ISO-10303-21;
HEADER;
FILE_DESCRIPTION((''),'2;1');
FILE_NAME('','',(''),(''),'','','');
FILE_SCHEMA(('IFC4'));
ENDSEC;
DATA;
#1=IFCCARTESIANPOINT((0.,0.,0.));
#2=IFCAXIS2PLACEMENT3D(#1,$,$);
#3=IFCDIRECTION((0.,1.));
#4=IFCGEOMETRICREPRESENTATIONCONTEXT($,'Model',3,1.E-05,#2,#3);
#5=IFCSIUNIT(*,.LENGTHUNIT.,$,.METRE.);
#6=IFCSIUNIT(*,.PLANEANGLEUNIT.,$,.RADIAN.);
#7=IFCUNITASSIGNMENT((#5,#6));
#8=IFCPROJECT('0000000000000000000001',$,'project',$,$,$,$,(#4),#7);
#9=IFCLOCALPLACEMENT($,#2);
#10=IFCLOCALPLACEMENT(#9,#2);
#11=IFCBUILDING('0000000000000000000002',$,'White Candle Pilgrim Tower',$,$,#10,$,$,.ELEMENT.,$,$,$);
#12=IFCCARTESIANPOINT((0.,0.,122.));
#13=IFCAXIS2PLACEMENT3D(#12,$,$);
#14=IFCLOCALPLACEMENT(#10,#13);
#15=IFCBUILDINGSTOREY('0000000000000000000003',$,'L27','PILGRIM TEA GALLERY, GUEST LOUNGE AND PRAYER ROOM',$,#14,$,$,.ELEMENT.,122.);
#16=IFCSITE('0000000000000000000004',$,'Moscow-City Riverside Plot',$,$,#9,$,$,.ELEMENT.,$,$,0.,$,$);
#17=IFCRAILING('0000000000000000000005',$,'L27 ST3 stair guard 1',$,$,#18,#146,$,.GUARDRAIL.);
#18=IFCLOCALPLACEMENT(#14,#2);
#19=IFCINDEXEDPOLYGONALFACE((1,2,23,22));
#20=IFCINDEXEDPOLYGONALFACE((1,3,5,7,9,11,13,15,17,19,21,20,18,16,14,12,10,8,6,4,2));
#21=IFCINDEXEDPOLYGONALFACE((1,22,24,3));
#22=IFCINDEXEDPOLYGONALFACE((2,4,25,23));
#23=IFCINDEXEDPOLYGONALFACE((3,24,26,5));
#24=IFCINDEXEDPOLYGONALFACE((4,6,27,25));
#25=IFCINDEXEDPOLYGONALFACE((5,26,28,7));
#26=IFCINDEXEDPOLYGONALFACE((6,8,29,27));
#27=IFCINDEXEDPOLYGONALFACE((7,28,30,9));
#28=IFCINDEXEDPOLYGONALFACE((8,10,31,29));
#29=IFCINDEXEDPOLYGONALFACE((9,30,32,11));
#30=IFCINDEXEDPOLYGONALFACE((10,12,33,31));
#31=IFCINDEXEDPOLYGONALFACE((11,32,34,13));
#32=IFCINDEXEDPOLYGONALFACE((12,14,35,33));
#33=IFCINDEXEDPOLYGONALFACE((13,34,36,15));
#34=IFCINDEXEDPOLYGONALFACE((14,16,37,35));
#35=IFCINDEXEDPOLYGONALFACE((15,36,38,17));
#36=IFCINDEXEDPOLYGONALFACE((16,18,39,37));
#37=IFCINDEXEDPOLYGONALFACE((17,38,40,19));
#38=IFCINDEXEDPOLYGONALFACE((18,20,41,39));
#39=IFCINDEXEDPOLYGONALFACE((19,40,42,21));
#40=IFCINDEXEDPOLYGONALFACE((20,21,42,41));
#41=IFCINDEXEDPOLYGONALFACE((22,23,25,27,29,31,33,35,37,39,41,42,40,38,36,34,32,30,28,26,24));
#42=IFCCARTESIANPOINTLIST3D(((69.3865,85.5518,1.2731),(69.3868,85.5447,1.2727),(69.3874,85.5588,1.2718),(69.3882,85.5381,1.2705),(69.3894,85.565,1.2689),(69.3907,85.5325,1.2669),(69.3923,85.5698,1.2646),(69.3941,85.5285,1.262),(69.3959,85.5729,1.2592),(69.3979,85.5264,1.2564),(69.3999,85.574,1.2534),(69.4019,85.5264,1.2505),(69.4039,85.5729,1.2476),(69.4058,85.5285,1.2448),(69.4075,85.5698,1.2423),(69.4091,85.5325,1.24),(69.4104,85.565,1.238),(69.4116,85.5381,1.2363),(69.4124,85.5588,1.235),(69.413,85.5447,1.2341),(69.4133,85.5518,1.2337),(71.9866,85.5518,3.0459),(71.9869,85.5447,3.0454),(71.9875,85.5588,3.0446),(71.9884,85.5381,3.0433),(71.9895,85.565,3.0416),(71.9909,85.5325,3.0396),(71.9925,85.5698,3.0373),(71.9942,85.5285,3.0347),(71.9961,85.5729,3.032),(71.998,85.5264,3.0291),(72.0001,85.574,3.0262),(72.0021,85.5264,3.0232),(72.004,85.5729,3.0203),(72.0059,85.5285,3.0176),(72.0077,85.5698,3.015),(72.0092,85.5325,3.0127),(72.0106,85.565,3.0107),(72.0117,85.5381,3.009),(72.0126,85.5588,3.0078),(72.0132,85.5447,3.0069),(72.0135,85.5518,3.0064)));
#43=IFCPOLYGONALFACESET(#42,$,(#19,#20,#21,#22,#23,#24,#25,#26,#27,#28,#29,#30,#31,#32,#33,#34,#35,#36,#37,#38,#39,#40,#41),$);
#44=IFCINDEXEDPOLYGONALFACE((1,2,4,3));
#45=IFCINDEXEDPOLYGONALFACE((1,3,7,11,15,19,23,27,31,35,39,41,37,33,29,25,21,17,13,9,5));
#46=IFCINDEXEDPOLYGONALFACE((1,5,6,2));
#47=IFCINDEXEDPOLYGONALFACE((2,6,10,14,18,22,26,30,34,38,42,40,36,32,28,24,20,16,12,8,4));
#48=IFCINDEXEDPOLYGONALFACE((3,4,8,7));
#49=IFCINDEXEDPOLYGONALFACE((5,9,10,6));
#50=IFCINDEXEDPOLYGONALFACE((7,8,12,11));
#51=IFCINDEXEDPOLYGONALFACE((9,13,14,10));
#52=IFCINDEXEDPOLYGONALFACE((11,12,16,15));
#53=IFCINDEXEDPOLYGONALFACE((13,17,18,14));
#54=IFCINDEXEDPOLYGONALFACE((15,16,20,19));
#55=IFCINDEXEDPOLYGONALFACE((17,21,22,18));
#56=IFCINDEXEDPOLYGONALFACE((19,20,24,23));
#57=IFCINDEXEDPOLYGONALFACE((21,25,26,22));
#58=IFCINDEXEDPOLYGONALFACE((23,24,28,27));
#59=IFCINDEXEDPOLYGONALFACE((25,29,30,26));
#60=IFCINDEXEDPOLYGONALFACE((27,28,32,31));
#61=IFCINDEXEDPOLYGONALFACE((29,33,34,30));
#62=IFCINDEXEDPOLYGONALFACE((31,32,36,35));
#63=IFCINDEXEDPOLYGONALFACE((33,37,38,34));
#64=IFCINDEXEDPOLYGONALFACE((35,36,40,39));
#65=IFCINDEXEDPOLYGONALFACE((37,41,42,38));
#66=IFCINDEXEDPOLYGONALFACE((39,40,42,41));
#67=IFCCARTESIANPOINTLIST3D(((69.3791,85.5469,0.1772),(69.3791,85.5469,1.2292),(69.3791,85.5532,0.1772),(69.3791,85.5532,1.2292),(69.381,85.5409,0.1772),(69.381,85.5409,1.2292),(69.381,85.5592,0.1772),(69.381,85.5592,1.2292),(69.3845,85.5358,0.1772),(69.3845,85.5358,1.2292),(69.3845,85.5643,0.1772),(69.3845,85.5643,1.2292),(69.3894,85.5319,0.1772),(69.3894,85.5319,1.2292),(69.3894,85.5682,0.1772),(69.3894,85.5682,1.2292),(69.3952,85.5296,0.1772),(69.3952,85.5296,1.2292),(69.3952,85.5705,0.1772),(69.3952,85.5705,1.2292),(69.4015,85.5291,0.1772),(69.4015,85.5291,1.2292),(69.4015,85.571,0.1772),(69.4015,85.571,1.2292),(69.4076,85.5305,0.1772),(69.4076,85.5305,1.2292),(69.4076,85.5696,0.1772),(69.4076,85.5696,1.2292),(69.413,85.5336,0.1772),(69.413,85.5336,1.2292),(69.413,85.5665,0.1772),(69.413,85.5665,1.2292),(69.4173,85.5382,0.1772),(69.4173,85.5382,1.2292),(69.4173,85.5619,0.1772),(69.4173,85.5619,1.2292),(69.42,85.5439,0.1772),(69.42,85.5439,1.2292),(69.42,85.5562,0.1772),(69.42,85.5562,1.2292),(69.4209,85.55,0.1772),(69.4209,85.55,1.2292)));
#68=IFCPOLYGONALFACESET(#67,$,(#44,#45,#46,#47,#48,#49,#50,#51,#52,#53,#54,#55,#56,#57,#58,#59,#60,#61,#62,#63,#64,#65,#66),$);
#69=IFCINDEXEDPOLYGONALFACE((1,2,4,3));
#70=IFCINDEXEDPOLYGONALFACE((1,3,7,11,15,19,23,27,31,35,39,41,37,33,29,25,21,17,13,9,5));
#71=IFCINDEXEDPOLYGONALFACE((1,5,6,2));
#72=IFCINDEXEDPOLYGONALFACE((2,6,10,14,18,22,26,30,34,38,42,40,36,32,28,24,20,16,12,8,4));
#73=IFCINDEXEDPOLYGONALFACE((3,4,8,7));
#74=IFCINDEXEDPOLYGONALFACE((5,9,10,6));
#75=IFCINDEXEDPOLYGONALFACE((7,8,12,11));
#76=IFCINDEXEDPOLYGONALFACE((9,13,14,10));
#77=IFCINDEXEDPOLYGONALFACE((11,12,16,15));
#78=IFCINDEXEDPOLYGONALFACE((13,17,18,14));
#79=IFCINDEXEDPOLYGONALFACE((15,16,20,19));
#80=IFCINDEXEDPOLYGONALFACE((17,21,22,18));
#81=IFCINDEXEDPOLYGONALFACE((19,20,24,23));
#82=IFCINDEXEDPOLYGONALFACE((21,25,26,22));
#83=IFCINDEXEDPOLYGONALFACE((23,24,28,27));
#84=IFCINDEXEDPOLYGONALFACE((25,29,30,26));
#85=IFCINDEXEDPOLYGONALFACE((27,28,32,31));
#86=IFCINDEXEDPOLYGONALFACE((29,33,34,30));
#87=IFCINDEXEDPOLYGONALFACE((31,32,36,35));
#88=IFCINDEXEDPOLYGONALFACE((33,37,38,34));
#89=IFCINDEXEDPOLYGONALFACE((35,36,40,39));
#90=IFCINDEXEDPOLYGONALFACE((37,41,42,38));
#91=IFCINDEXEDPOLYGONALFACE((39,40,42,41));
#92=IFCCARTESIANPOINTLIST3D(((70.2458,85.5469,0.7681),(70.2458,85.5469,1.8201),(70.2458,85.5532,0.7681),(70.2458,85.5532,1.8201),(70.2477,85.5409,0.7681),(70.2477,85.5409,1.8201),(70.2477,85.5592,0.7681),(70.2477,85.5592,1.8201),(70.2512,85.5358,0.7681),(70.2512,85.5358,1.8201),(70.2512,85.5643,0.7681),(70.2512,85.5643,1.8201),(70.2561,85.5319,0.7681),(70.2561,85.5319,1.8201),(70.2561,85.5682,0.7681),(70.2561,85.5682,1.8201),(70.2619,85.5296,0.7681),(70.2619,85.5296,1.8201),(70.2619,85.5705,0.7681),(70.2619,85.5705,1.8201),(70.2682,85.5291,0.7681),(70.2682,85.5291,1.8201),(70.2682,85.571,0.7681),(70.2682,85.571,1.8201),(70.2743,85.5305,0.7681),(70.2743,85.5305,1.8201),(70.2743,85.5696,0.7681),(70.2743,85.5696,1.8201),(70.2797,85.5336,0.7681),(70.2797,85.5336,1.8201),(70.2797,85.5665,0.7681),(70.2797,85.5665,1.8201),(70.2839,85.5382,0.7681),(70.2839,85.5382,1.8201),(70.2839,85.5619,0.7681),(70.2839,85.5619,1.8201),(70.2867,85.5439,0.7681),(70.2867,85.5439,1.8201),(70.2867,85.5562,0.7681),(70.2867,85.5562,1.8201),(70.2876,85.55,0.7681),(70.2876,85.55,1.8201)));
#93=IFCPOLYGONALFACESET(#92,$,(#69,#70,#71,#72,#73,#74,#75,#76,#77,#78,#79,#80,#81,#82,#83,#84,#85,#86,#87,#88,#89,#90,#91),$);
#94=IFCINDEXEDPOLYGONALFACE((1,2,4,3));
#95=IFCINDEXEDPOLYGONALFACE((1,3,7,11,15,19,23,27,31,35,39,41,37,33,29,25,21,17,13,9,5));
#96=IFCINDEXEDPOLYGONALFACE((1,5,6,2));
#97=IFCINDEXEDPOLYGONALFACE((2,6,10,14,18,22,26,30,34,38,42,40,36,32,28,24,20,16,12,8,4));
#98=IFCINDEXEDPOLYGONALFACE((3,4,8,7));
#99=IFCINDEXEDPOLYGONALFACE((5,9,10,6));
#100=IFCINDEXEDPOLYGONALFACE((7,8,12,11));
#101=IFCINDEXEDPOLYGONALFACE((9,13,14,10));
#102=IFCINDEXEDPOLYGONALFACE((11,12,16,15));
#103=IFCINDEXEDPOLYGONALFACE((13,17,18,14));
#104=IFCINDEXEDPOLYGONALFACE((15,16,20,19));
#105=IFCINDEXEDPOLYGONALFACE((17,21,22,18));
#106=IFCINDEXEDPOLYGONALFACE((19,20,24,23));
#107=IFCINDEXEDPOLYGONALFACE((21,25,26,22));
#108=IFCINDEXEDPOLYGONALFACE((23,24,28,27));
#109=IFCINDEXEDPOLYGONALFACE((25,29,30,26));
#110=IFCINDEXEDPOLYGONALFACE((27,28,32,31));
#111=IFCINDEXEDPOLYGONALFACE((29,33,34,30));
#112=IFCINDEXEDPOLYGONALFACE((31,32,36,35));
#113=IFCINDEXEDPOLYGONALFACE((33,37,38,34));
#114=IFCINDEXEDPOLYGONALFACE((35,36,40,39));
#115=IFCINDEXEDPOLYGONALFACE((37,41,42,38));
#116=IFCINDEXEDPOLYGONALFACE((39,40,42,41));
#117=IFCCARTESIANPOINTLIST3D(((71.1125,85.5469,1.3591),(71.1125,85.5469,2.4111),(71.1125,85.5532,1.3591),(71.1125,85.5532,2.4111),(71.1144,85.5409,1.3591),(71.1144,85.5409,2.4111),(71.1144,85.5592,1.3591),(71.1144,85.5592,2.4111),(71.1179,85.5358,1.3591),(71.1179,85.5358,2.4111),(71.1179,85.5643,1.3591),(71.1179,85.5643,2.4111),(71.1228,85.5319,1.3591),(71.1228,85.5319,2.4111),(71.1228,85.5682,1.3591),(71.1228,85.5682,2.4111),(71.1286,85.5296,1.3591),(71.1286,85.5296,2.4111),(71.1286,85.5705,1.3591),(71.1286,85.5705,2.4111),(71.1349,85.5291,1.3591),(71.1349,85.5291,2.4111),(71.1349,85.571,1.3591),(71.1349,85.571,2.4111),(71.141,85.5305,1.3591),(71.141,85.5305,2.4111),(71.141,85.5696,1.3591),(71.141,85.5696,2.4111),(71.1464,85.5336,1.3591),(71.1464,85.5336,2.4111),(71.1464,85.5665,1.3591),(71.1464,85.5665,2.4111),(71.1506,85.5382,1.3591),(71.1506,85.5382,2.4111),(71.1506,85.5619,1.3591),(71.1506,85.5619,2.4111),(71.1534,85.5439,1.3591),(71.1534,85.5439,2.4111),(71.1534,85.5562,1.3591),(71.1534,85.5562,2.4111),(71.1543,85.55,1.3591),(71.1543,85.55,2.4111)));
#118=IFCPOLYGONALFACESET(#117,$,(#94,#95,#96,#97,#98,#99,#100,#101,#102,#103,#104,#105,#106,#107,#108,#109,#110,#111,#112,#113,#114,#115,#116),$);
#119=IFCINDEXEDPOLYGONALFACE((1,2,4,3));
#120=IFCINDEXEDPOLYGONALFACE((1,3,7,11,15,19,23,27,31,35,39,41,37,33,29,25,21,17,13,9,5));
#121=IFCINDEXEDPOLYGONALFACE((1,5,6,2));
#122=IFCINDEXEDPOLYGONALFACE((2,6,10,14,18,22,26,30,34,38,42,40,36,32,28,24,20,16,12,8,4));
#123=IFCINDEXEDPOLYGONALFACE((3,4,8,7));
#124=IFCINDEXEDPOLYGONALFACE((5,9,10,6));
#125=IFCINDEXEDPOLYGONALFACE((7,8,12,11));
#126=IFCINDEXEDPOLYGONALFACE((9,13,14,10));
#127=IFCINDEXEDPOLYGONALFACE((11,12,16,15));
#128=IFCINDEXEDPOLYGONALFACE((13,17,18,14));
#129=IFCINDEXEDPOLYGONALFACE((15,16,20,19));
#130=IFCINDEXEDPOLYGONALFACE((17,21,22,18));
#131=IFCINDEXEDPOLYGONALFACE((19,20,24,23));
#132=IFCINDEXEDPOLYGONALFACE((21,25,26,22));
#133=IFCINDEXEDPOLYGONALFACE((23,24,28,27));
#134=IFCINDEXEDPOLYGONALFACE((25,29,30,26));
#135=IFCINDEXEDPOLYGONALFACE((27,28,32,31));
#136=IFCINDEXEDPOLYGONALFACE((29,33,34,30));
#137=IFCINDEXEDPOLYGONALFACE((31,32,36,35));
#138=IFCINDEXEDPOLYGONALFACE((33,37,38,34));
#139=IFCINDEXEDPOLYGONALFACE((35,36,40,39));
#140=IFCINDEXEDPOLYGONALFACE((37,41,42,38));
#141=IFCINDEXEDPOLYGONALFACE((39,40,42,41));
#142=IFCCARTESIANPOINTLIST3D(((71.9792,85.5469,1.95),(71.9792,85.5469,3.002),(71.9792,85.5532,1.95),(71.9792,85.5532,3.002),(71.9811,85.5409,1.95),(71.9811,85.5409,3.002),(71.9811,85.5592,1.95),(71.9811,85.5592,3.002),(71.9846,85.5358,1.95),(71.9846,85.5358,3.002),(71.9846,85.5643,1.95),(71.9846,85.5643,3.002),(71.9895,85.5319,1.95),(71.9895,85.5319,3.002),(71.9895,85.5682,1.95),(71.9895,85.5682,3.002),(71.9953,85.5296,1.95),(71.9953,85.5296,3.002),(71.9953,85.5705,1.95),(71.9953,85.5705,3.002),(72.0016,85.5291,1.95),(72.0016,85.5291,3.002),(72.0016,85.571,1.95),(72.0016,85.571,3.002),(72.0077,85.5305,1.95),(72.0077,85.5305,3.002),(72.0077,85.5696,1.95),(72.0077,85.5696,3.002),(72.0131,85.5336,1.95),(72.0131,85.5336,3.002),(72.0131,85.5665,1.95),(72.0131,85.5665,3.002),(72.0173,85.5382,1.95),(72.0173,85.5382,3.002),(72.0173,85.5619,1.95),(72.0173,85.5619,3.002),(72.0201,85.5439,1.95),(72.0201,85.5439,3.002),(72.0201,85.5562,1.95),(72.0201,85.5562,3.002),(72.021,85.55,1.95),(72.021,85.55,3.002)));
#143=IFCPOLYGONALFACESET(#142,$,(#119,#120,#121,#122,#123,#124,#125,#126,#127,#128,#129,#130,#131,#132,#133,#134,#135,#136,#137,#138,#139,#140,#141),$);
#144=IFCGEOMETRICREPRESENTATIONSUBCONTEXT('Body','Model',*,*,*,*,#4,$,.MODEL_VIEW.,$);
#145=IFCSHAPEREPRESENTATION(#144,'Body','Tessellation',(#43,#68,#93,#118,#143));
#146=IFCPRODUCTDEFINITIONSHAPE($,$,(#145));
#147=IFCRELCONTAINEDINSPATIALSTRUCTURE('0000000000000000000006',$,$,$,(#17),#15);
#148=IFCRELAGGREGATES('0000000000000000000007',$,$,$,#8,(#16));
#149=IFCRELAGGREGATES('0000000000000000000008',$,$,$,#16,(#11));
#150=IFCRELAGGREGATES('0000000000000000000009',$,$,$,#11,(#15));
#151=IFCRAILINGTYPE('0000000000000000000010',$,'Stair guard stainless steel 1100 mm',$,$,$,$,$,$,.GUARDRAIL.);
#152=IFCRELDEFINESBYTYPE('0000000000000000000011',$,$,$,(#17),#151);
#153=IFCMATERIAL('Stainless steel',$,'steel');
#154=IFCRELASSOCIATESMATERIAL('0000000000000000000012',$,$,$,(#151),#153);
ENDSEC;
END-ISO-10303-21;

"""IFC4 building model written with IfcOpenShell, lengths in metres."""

from ifc_helpers import new_model, si_unit, direction, frame, origin, origin_2d, place, context, subcontext, project, spatial, circle, extrude, material, type_object, element, save


model = new_model("IFC4")

# Units and contexts
model_context = context("Model", 3, precision=1e-05, world=origin(), true_north=direction((0.0, 1.0)))
body_context = subcontext(model_context, "Body", "Model", "MODEL_VIEW")
ifc_project = project(units=[si_unit("LENGTHUNIT", "METRE"), si_unit("PLANEANGLEUNIT", "RADIAN")], contexts=[model_context])

# Site, building, storey
site_placement = place(None, origin())
site = spatial("IfcSite", under=ifc_project, at=site_placement, Name="Moscow-City Riverside Plot", CompositionType="ELEMENT", RefElevation=0.0)
building_placement = place(site_placement, origin())
building = spatial("IfcBuilding", under=site, at=building_placement, Name="White Candle Pilgrim Tower", CompositionType="ELEMENT")
storey_placement = place(building_placement, frame((0.0, 0.0, 122.0)))
storey = spatial("IfcBuildingStorey", under=building, at=storey_placement, Name="L27", Description="PILGRIM TEA GALLERY, GUEST LOUNGE AND PRAYER ROOM", CompositionType="ELEMENT", Elevation=122.0)

# Railing
ifc_material_1 = material(Name="Stainless steel", Category="steel")
railing_type_1 = type_object("IfcRailingType", Name="Stair guard stainless steel 1100 mm", PredefinedType="GUARDRAIL", material=ifc_material_1)
railing_1_placement = place(storey_placement, frame((69.3999, 85.55, 0.1772)))
element("IfcRailing", 1, at=railing_1_placement, inside=storey, type_object=railing_type_1, Name="L27 ST3 stair guard 1", PredefinedType="GUARDRAIL", context=body_context, shape_type="SweptSolid", body=[
    extrude(circle(Radius=0.0239, at=origin_2d()), frame((0.0, 0.0, 1.0762), z_axis=(0.82624, 0.0, 0.563318), x_axis=(0.0, 1.0, 0.0)), (0.0, 0.0, 1.0), 3.147),
    extrude(circle(Radius=0.021, at=origin_2d()), origin(), (0.0, 0.0, 1.0), 1.052),
    extrude(circle(Radius=0.021, at=origin_2d()), frame((0.8667, 0.0, 0.5908)), (0.0, 0.0, 1.0), 1.052),
    extrude(circle(Radius=0.021, at=origin_2d()), frame((1.7334, 0.0, 1.1819)), (0.0, 0.0, 1.0), 1.052),
    extrude(circle(Radius=0.021, at=origin_2d()), frame((2.6001, 0.0, 1.7727)), (0.0, 0.0, 1.0), 1.052),
])

save(model, "model.ifc")
